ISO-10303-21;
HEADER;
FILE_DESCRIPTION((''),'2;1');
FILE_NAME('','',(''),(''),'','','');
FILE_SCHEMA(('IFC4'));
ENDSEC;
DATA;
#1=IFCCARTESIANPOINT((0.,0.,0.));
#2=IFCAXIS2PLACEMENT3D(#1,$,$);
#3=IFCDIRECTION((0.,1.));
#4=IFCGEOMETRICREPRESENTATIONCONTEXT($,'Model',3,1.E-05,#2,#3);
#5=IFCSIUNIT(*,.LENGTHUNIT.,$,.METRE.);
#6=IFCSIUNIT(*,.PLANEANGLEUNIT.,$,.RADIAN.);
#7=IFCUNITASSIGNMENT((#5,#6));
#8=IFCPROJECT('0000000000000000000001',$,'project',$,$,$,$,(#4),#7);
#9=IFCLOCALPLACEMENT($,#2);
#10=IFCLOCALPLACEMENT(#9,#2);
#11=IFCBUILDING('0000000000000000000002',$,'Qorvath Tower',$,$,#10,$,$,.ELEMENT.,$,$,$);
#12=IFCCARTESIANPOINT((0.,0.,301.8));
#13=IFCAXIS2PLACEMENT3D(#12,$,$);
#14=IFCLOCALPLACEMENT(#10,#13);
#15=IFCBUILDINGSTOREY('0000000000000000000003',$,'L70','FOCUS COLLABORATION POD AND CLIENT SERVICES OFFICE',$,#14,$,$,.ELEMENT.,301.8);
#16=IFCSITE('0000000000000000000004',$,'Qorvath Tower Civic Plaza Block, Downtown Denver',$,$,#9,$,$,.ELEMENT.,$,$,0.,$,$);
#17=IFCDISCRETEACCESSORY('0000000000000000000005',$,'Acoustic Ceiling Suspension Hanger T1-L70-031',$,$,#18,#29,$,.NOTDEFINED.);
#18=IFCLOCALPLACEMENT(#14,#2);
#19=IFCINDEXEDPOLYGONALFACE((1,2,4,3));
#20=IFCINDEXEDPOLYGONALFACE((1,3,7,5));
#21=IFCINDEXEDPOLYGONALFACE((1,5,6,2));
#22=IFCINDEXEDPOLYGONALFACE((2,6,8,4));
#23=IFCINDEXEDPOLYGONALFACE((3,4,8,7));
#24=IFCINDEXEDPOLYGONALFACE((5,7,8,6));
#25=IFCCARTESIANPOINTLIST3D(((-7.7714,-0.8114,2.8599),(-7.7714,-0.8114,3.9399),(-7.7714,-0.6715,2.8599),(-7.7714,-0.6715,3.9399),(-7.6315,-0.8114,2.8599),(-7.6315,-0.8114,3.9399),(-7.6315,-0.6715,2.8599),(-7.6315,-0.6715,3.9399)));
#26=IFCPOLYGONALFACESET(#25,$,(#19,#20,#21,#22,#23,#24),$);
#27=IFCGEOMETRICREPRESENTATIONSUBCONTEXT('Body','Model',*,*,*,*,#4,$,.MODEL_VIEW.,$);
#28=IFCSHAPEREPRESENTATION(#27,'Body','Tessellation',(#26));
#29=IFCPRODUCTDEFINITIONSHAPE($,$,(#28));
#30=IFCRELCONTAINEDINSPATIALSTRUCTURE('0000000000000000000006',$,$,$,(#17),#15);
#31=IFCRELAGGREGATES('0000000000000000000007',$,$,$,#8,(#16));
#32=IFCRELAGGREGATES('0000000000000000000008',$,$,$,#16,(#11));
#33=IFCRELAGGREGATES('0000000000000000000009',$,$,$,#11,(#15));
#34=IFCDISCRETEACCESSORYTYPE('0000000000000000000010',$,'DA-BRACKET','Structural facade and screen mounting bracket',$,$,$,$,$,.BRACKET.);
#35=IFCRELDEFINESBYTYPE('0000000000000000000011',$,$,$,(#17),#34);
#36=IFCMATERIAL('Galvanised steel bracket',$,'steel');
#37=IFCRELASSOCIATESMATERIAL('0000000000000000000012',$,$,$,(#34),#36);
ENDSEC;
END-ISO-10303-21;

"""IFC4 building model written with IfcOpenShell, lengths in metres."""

from ifc_helpers import new_model, si_unit, direction, frame, origin, origin_2d, place, context, subcontext, project, spatial, rectangle, extrude, material, type_object, element, save


model = new_model("IFC4")

# Units and contexts
model_context = context("Model", 3, precision=1e-05, world=origin(), true_north=direction((0.0, 1.0)))
body_context = subcontext(model_context, "Body", "Model", "MODEL_VIEW")
ifc_project = project(units=[si_unit("LENGTHUNIT", "METRE"), si_unit("PLANEANGLEUNIT", "RADIAN")], contexts=[model_context])

# Site, building, storey
site_placement = place(None, origin())
site = spatial("IfcSite", under=ifc_project, at=site_placement, Name="Qorvath Tower Civic Plaza Block, Downtown Denver", CompositionType="ELEMENT", RefElevation=0.0)
building_placement = place(site_placement, origin())
building = spatial("IfcBuilding", under=site, at=building_placement, Name="Qorvath Tower", CompositionType="ELEMENT")
storey_placement = place(building_placement, frame((0.0, 0.0, 301.8)))
storey = spatial("IfcBuildingStorey", under=building, at=storey_placement, Name="L70", Description="FOCUS COLLABORATION POD AND CLIENT SERVICES OFFICE", CompositionType="ELEMENT", Elevation=301.8)

# Discrete accessory
ifc_material_1 = material(Name="Galvanised steel bracket", Category="steel")
discrete_accessory_type = type_object("IfcDiscreteAccessoryType", Name="DA-BRACKET", Description="Structural facade and screen mounting bracket", PredefinedType="BRACKET", material=ifc_material_1)
for number, where, z_axis, x_axis, name in (
    (1, (-7.7014, -0.7415, 2.8599), (0.0, 0.0, 1.0), (1.0, 0.0, 0.0), "Acoustic Ceiling Suspension Hanger T1-L70-031"),
):
    element("IfcDiscreteAccessory", number, at=place(storey_placement, frame(where, z_axis=z_axis, x_axis=x_axis)), inside=storey, type_object=discrete_accessory_type, Name=name, PredefinedType="NOTDEFINED", context=body_context, shape_type="SweptSolid", body=[
        extrude(rectangle(XDim=0.1399, YDim=0.1399, at=origin_2d()), origin(), (0.0, 0.0, 1.0), 1.0801),
    ])

save(model, "model.ifc")
